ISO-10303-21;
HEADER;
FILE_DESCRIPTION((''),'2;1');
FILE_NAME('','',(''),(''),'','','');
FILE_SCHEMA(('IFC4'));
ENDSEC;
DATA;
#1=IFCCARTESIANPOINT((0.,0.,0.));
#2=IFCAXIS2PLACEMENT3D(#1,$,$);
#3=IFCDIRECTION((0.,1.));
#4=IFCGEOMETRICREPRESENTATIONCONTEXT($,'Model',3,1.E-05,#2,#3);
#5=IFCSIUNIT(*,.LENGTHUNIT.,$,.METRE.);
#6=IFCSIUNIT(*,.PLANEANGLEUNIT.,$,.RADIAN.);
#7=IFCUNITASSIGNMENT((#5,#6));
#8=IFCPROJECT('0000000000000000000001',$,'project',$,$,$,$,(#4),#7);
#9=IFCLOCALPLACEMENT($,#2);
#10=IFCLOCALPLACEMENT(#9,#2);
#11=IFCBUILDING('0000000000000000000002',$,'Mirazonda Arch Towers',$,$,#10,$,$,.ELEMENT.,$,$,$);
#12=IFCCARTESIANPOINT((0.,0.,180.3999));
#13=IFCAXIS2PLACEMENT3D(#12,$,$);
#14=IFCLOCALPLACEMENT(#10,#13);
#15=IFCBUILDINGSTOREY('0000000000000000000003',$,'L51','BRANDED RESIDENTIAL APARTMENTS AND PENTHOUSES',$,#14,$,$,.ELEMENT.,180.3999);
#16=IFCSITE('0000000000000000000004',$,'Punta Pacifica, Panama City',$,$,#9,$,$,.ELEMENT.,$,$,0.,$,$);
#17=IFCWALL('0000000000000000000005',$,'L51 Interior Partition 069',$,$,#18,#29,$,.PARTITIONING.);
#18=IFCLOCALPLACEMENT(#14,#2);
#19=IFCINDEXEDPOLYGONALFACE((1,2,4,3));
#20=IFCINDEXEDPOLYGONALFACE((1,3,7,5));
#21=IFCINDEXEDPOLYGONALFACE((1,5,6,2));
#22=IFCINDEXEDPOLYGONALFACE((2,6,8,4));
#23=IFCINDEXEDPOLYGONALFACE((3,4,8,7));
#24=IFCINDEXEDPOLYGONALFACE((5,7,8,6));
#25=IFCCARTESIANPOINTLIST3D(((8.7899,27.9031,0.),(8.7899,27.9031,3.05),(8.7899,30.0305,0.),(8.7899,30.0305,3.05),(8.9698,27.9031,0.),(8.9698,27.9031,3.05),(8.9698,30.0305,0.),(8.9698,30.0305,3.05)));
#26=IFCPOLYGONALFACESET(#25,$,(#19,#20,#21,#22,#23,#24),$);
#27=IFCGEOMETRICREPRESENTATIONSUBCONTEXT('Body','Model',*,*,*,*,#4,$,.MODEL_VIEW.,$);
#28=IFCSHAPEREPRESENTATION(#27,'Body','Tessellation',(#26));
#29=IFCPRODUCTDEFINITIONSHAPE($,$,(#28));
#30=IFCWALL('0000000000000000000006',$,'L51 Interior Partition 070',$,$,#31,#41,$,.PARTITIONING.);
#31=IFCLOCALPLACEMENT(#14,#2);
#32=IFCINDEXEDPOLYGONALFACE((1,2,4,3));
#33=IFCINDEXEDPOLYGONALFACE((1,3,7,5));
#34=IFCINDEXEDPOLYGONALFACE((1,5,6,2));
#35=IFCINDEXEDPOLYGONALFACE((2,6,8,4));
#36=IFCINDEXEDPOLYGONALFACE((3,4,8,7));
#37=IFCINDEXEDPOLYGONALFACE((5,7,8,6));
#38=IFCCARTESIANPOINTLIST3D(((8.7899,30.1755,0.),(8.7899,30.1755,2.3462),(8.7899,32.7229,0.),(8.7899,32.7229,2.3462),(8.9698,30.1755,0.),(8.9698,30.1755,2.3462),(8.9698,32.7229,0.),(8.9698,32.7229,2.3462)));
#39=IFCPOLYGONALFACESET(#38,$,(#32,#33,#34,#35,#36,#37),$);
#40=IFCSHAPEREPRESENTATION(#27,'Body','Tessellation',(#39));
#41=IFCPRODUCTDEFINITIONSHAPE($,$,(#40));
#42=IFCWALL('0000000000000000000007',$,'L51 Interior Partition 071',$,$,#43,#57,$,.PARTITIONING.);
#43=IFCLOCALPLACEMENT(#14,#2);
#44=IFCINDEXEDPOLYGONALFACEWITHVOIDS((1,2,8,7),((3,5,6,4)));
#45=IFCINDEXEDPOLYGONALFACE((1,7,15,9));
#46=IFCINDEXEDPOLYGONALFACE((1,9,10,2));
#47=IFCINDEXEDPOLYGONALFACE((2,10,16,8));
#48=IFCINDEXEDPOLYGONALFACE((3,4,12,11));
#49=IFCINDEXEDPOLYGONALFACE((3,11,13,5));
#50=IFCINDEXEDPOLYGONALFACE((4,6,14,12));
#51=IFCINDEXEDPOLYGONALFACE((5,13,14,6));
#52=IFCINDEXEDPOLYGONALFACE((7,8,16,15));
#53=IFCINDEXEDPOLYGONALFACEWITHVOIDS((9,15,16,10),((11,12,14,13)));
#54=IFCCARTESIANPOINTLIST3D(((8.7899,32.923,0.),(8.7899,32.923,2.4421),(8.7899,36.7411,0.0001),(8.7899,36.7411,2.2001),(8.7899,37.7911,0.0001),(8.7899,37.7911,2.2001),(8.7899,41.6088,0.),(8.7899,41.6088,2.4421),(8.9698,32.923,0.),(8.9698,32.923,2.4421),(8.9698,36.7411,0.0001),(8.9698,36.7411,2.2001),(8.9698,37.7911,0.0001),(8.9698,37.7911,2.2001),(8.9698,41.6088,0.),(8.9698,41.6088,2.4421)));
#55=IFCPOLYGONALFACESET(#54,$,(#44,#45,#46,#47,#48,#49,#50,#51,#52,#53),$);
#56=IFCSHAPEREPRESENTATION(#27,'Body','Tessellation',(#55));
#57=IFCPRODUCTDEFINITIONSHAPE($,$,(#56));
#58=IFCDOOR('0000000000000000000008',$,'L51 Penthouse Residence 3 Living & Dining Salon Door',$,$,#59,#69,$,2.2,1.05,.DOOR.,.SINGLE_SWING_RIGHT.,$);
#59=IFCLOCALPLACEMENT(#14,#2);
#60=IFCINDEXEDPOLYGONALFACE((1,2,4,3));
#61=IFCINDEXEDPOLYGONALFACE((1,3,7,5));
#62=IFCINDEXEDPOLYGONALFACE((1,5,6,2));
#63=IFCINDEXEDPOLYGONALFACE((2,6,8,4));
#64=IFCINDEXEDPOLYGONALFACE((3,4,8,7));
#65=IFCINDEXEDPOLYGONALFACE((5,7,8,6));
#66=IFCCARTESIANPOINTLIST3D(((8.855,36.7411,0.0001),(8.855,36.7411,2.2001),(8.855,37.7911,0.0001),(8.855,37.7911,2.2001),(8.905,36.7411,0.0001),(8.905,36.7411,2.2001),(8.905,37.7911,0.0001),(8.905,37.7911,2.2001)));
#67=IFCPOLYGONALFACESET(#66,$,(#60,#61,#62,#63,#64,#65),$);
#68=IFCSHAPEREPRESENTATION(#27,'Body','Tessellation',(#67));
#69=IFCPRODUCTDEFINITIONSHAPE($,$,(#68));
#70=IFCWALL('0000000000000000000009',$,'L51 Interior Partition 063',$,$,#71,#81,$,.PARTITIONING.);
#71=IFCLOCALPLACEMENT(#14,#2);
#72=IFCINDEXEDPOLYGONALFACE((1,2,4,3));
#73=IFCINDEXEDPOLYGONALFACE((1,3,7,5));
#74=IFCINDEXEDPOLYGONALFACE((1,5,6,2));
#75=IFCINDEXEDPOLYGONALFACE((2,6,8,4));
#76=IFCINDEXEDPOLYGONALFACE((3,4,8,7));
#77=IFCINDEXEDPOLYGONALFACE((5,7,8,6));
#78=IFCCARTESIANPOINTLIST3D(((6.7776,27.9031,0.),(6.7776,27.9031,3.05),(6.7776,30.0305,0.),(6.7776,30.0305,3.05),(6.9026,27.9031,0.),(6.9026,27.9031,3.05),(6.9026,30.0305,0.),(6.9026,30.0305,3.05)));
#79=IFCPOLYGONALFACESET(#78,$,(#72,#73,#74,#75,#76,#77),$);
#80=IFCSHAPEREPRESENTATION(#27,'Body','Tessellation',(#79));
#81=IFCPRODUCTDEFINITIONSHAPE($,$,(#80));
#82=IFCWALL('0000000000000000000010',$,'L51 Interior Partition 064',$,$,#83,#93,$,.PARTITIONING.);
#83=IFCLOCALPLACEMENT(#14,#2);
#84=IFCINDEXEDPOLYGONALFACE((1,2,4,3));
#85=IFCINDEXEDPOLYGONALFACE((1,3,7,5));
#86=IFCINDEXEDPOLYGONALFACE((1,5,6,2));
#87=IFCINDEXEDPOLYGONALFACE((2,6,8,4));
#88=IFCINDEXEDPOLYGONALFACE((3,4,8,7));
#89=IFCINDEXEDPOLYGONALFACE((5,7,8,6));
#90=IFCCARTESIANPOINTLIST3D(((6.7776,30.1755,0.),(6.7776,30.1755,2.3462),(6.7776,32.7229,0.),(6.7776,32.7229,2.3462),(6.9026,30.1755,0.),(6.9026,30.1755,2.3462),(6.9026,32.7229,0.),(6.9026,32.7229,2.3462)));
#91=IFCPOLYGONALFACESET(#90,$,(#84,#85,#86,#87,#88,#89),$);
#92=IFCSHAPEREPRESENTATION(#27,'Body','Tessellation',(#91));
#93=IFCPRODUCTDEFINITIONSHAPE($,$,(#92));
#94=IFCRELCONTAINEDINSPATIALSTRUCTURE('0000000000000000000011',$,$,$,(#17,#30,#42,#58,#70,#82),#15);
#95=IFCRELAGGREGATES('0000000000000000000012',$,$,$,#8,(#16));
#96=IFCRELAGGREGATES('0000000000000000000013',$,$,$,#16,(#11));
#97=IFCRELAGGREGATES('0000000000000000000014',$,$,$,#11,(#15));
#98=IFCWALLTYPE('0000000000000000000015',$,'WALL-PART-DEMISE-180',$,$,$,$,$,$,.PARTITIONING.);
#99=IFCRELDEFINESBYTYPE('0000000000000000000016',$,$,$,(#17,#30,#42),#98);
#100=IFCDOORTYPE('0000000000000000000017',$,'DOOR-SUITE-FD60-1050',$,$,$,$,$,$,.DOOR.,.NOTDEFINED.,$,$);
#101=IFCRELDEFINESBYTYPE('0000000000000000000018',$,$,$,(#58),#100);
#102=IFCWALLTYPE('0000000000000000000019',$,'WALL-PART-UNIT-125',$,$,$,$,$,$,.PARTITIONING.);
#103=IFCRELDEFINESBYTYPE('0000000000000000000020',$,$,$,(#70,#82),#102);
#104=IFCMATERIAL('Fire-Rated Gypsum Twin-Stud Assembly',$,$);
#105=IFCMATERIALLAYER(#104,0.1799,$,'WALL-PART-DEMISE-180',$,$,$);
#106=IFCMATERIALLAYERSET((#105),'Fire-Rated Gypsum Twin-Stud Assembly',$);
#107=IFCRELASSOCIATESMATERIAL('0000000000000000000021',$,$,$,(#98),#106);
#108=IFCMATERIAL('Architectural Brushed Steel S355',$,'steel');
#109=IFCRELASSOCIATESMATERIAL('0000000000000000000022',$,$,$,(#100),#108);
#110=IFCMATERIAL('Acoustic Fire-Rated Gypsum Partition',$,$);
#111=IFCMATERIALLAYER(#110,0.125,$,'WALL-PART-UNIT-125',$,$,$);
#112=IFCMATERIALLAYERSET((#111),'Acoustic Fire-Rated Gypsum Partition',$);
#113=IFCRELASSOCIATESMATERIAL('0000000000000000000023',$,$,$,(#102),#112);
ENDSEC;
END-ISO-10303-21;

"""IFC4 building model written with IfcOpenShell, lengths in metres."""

from ifc_helpers import new_model, si_unit, direction, frame, frame_2d, origin, place, context, subcontext, project, spatial, rectangle, extrude, material, layer, layer_set, type_object, element, fill, save


model = new_model("IFC4")

# Units and contexts
model_context = context("Model", 3, precision=1e-05, world=origin(), true_north=direction((0.0, 1.0)))
body_context = subcontext(model_context, "Body", "Model", "MODEL_VIEW")
ifc_project = project(units=[si_unit("LENGTHUNIT", "METRE"), si_unit("PLANEANGLEUNIT", "RADIAN")], contexts=[model_context])

# Site, building, storey
site_placement = place(None, origin())
site = spatial("IfcSite", under=ifc_project, at=site_placement, Name="Punta Pacifica, Panama City", CompositionType="ELEMENT", RefElevation=0.0)
building_placement = place(site_placement, origin())
building = spatial("IfcBuilding", under=site, at=building_placement, Name="Mirazonda Arch Towers", CompositionType="ELEMENT")
storey_placement = place(building_placement, frame((0.0, 0.0, 180.3999)))
storey = spatial("IfcBuildingStorey", under=building, at=storey_placement, Name="L51", Description="BRANDED RESIDENTIAL APARTMENTS AND PENTHOUSES", CompositionType="ELEMENT", Elevation=180.3999)

# Shared definitions
ifc_material_1 = material(Name="Architectural Brushed Steel S355", Category="steel")

# Walls
ifc_material_2 = material(Name="Fire-Rated Gypsum Twin-Stud Assembly")
ifc_layer_1 = layer(ifc_material_2, 0.1799, Name="WALL-PART-DEMISE-180")
ifc_layer_set_1 = layer_set([ifc_layer_1], Name="Fire-Rated Gypsum Twin-Stud Assembly")
wall_type_1 = type_object("IfcWallType", Name="WALL-PART-DEMISE-180", PredefinedType="PARTITIONING", material=ifc_layer_set_1)
wall_1_placement = place(storey_placement, frame((8.8799, 27.9031, 0.0), z_axis=(0.0, 0.0, 1.0), x_axis=(0.0, 1.0, 0.0)))
element("IfcWall", 1, at=wall_1_placement, inside=storey, type_object=wall_type_1, Name="L51 Interior Partition 069", PredefinedType="PARTITIONING", context=body_context, shape_type="SweptSolid", body=[
    extrude(rectangle(XDim=2.1274, YDim=0.1799, at=frame_2d((1.0637, 0.0))), origin(), (0.0, 0.0, 1.0), 3.05),
])
wall_2_placement = place(storey_placement, frame((8.8799, 30.1755, 0.0), z_axis=(0.0, 0.0, 1.0), x_axis=(0.0, 1.0, 0.0)))
element("IfcWall", 2, at=wall_2_placement, inside=storey, type_object=wall_type_1, Name="L51 Interior Partition 070", PredefinedType="PARTITIONING", context=body_context, shape_type="SweptSolid", body=[
    extrude(rectangle(XDim=2.5474, YDim=0.1799, at=frame_2d((1.2737, 0.0))), origin(), (0.0, 0.0, 1.0), 2.3462),
])

# Wall, opening, door
wall_3_placement = place(storey_placement, frame((8.8799, 32.9231, 0.0), z_axis=(0.0, 0.0, 1.0), x_axis=(0.0, 1.0, 0.0)))
wall_3 = element("IfcWall", 3, at=wall_3_placement, inside=storey, type_object=wall_type_1, Name="L51 Interior Partition 071", PredefinedType="PARTITIONING", context=body_context, shape_type="SweptSolid", body=[
    extrude(rectangle(XDim=8.6858, YDim=0.1799, at=frame_2d((4.3428, 0.0))), origin(), (0.0, 0.0, 1.0), 2.4421),
])
opening_1_placement = place(wall_3_placement, frame((3.8181, 0.0, 0.0)))
opening_1 = element("IfcOpeningElement", 4, at=opening_1_placement, cuts=wall_3, PredefinedType="OPENING", context=body_context, shape_type="SweptSolid", body=[
    extrude(rectangle(XDim=1.05, YDim=2.2, at=frame_2d((0.5249, 1.1001))), frame((0.0, 0.0999, 0.0), z_axis=(0.0, -1.0, 0.0), x_axis=(1.0, 0.0, 0.0)), (0.0, 0.0, 1.0), 0.2),
])
door_type_1 = type_object("IfcDoorType", Name="DOOR-SUITE-FD60-1050", OperationType="NOTDEFINED", PredefinedType="DOOR", material=ifc_material_1)
door_1_placement = place(opening_1_placement, origin())
door_1 = element("IfcDoor", 5, at=door_1_placement, inside=storey, type_object=door_type_1, Name="L51 Penthouse Residence 3 Living & Dining Salon Door", OperationType="SINGLE_SWING_RIGHT", OverallHeight=2.2, OverallWidth=1.05, PredefinedType="DOOR", context=body_context, shape_type="SweptSolid", body=[
    extrude(rectangle(XDim=1.05, YDim=2.2, at=frame_2d((0.5249, 1.1001))), frame((0.0, 0.0249, 0.0), z_axis=(0.0, -1.0, 0.0), x_axis=(1.0, 0.0, 0.0)), (0.0, 0.0, 1.0), 0.05),
])
fill(opening_1, door_1)

# Walls
ifc_material_3 = material(Name="Acoustic Fire-Rated Gypsum Partition")
ifc_layer_2 = layer(ifc_material_3, 0.125, Name="WALL-PART-UNIT-125")
ifc_layer_set_2 = layer_set([ifc_layer_2], Name="Acoustic Fire-Rated Gypsum Partition")
wall_type_2 = type_object("IfcWallType", Name="WALL-PART-UNIT-125", PredefinedType="PARTITIONING", material=ifc_layer_set_2)
wall_4_placement = place(storey_placement, frame((6.8401, 27.9031, 0.0), z_axis=(0.0, 0.0, 1.0), x_axis=(0.0, 1.0, 0.0)))
element("IfcWall", 6, at=wall_4_placement, inside=storey, type_object=wall_type_2, Name="L51 Interior Partition 063", PredefinedType="PARTITIONING", context=body_context, shape_type="SweptSolid", body=[
    extrude(rectangle(XDim=2.1274, YDim=0.125, at=frame_2d((1.0637, 0.0))), origin(), (0.0, 0.0, 1.0), 3.05),
])
wall_5_placement = place(storey_placement, frame((6.8401, 30.1755, 0.0), z_axis=(0.0, 0.0, 1.0), x_axis=(0.0, 1.0, 0.0)))
element("IfcWall", 7, at=wall_5_placement, inside=storey, type_object=wall_type_2, Name="L51 Interior Partition 064", PredefinedType="PARTITIONING", context=body_context, shape_type="SweptSolid", body=[
    extrude(rectangle(XDim=2.5474, YDim=0.125, at=frame_2d((1.2737, 0.0))), origin(), (0.0, 0.0, 1.0), 2.3462),
])

save(model, "model.ifc")
